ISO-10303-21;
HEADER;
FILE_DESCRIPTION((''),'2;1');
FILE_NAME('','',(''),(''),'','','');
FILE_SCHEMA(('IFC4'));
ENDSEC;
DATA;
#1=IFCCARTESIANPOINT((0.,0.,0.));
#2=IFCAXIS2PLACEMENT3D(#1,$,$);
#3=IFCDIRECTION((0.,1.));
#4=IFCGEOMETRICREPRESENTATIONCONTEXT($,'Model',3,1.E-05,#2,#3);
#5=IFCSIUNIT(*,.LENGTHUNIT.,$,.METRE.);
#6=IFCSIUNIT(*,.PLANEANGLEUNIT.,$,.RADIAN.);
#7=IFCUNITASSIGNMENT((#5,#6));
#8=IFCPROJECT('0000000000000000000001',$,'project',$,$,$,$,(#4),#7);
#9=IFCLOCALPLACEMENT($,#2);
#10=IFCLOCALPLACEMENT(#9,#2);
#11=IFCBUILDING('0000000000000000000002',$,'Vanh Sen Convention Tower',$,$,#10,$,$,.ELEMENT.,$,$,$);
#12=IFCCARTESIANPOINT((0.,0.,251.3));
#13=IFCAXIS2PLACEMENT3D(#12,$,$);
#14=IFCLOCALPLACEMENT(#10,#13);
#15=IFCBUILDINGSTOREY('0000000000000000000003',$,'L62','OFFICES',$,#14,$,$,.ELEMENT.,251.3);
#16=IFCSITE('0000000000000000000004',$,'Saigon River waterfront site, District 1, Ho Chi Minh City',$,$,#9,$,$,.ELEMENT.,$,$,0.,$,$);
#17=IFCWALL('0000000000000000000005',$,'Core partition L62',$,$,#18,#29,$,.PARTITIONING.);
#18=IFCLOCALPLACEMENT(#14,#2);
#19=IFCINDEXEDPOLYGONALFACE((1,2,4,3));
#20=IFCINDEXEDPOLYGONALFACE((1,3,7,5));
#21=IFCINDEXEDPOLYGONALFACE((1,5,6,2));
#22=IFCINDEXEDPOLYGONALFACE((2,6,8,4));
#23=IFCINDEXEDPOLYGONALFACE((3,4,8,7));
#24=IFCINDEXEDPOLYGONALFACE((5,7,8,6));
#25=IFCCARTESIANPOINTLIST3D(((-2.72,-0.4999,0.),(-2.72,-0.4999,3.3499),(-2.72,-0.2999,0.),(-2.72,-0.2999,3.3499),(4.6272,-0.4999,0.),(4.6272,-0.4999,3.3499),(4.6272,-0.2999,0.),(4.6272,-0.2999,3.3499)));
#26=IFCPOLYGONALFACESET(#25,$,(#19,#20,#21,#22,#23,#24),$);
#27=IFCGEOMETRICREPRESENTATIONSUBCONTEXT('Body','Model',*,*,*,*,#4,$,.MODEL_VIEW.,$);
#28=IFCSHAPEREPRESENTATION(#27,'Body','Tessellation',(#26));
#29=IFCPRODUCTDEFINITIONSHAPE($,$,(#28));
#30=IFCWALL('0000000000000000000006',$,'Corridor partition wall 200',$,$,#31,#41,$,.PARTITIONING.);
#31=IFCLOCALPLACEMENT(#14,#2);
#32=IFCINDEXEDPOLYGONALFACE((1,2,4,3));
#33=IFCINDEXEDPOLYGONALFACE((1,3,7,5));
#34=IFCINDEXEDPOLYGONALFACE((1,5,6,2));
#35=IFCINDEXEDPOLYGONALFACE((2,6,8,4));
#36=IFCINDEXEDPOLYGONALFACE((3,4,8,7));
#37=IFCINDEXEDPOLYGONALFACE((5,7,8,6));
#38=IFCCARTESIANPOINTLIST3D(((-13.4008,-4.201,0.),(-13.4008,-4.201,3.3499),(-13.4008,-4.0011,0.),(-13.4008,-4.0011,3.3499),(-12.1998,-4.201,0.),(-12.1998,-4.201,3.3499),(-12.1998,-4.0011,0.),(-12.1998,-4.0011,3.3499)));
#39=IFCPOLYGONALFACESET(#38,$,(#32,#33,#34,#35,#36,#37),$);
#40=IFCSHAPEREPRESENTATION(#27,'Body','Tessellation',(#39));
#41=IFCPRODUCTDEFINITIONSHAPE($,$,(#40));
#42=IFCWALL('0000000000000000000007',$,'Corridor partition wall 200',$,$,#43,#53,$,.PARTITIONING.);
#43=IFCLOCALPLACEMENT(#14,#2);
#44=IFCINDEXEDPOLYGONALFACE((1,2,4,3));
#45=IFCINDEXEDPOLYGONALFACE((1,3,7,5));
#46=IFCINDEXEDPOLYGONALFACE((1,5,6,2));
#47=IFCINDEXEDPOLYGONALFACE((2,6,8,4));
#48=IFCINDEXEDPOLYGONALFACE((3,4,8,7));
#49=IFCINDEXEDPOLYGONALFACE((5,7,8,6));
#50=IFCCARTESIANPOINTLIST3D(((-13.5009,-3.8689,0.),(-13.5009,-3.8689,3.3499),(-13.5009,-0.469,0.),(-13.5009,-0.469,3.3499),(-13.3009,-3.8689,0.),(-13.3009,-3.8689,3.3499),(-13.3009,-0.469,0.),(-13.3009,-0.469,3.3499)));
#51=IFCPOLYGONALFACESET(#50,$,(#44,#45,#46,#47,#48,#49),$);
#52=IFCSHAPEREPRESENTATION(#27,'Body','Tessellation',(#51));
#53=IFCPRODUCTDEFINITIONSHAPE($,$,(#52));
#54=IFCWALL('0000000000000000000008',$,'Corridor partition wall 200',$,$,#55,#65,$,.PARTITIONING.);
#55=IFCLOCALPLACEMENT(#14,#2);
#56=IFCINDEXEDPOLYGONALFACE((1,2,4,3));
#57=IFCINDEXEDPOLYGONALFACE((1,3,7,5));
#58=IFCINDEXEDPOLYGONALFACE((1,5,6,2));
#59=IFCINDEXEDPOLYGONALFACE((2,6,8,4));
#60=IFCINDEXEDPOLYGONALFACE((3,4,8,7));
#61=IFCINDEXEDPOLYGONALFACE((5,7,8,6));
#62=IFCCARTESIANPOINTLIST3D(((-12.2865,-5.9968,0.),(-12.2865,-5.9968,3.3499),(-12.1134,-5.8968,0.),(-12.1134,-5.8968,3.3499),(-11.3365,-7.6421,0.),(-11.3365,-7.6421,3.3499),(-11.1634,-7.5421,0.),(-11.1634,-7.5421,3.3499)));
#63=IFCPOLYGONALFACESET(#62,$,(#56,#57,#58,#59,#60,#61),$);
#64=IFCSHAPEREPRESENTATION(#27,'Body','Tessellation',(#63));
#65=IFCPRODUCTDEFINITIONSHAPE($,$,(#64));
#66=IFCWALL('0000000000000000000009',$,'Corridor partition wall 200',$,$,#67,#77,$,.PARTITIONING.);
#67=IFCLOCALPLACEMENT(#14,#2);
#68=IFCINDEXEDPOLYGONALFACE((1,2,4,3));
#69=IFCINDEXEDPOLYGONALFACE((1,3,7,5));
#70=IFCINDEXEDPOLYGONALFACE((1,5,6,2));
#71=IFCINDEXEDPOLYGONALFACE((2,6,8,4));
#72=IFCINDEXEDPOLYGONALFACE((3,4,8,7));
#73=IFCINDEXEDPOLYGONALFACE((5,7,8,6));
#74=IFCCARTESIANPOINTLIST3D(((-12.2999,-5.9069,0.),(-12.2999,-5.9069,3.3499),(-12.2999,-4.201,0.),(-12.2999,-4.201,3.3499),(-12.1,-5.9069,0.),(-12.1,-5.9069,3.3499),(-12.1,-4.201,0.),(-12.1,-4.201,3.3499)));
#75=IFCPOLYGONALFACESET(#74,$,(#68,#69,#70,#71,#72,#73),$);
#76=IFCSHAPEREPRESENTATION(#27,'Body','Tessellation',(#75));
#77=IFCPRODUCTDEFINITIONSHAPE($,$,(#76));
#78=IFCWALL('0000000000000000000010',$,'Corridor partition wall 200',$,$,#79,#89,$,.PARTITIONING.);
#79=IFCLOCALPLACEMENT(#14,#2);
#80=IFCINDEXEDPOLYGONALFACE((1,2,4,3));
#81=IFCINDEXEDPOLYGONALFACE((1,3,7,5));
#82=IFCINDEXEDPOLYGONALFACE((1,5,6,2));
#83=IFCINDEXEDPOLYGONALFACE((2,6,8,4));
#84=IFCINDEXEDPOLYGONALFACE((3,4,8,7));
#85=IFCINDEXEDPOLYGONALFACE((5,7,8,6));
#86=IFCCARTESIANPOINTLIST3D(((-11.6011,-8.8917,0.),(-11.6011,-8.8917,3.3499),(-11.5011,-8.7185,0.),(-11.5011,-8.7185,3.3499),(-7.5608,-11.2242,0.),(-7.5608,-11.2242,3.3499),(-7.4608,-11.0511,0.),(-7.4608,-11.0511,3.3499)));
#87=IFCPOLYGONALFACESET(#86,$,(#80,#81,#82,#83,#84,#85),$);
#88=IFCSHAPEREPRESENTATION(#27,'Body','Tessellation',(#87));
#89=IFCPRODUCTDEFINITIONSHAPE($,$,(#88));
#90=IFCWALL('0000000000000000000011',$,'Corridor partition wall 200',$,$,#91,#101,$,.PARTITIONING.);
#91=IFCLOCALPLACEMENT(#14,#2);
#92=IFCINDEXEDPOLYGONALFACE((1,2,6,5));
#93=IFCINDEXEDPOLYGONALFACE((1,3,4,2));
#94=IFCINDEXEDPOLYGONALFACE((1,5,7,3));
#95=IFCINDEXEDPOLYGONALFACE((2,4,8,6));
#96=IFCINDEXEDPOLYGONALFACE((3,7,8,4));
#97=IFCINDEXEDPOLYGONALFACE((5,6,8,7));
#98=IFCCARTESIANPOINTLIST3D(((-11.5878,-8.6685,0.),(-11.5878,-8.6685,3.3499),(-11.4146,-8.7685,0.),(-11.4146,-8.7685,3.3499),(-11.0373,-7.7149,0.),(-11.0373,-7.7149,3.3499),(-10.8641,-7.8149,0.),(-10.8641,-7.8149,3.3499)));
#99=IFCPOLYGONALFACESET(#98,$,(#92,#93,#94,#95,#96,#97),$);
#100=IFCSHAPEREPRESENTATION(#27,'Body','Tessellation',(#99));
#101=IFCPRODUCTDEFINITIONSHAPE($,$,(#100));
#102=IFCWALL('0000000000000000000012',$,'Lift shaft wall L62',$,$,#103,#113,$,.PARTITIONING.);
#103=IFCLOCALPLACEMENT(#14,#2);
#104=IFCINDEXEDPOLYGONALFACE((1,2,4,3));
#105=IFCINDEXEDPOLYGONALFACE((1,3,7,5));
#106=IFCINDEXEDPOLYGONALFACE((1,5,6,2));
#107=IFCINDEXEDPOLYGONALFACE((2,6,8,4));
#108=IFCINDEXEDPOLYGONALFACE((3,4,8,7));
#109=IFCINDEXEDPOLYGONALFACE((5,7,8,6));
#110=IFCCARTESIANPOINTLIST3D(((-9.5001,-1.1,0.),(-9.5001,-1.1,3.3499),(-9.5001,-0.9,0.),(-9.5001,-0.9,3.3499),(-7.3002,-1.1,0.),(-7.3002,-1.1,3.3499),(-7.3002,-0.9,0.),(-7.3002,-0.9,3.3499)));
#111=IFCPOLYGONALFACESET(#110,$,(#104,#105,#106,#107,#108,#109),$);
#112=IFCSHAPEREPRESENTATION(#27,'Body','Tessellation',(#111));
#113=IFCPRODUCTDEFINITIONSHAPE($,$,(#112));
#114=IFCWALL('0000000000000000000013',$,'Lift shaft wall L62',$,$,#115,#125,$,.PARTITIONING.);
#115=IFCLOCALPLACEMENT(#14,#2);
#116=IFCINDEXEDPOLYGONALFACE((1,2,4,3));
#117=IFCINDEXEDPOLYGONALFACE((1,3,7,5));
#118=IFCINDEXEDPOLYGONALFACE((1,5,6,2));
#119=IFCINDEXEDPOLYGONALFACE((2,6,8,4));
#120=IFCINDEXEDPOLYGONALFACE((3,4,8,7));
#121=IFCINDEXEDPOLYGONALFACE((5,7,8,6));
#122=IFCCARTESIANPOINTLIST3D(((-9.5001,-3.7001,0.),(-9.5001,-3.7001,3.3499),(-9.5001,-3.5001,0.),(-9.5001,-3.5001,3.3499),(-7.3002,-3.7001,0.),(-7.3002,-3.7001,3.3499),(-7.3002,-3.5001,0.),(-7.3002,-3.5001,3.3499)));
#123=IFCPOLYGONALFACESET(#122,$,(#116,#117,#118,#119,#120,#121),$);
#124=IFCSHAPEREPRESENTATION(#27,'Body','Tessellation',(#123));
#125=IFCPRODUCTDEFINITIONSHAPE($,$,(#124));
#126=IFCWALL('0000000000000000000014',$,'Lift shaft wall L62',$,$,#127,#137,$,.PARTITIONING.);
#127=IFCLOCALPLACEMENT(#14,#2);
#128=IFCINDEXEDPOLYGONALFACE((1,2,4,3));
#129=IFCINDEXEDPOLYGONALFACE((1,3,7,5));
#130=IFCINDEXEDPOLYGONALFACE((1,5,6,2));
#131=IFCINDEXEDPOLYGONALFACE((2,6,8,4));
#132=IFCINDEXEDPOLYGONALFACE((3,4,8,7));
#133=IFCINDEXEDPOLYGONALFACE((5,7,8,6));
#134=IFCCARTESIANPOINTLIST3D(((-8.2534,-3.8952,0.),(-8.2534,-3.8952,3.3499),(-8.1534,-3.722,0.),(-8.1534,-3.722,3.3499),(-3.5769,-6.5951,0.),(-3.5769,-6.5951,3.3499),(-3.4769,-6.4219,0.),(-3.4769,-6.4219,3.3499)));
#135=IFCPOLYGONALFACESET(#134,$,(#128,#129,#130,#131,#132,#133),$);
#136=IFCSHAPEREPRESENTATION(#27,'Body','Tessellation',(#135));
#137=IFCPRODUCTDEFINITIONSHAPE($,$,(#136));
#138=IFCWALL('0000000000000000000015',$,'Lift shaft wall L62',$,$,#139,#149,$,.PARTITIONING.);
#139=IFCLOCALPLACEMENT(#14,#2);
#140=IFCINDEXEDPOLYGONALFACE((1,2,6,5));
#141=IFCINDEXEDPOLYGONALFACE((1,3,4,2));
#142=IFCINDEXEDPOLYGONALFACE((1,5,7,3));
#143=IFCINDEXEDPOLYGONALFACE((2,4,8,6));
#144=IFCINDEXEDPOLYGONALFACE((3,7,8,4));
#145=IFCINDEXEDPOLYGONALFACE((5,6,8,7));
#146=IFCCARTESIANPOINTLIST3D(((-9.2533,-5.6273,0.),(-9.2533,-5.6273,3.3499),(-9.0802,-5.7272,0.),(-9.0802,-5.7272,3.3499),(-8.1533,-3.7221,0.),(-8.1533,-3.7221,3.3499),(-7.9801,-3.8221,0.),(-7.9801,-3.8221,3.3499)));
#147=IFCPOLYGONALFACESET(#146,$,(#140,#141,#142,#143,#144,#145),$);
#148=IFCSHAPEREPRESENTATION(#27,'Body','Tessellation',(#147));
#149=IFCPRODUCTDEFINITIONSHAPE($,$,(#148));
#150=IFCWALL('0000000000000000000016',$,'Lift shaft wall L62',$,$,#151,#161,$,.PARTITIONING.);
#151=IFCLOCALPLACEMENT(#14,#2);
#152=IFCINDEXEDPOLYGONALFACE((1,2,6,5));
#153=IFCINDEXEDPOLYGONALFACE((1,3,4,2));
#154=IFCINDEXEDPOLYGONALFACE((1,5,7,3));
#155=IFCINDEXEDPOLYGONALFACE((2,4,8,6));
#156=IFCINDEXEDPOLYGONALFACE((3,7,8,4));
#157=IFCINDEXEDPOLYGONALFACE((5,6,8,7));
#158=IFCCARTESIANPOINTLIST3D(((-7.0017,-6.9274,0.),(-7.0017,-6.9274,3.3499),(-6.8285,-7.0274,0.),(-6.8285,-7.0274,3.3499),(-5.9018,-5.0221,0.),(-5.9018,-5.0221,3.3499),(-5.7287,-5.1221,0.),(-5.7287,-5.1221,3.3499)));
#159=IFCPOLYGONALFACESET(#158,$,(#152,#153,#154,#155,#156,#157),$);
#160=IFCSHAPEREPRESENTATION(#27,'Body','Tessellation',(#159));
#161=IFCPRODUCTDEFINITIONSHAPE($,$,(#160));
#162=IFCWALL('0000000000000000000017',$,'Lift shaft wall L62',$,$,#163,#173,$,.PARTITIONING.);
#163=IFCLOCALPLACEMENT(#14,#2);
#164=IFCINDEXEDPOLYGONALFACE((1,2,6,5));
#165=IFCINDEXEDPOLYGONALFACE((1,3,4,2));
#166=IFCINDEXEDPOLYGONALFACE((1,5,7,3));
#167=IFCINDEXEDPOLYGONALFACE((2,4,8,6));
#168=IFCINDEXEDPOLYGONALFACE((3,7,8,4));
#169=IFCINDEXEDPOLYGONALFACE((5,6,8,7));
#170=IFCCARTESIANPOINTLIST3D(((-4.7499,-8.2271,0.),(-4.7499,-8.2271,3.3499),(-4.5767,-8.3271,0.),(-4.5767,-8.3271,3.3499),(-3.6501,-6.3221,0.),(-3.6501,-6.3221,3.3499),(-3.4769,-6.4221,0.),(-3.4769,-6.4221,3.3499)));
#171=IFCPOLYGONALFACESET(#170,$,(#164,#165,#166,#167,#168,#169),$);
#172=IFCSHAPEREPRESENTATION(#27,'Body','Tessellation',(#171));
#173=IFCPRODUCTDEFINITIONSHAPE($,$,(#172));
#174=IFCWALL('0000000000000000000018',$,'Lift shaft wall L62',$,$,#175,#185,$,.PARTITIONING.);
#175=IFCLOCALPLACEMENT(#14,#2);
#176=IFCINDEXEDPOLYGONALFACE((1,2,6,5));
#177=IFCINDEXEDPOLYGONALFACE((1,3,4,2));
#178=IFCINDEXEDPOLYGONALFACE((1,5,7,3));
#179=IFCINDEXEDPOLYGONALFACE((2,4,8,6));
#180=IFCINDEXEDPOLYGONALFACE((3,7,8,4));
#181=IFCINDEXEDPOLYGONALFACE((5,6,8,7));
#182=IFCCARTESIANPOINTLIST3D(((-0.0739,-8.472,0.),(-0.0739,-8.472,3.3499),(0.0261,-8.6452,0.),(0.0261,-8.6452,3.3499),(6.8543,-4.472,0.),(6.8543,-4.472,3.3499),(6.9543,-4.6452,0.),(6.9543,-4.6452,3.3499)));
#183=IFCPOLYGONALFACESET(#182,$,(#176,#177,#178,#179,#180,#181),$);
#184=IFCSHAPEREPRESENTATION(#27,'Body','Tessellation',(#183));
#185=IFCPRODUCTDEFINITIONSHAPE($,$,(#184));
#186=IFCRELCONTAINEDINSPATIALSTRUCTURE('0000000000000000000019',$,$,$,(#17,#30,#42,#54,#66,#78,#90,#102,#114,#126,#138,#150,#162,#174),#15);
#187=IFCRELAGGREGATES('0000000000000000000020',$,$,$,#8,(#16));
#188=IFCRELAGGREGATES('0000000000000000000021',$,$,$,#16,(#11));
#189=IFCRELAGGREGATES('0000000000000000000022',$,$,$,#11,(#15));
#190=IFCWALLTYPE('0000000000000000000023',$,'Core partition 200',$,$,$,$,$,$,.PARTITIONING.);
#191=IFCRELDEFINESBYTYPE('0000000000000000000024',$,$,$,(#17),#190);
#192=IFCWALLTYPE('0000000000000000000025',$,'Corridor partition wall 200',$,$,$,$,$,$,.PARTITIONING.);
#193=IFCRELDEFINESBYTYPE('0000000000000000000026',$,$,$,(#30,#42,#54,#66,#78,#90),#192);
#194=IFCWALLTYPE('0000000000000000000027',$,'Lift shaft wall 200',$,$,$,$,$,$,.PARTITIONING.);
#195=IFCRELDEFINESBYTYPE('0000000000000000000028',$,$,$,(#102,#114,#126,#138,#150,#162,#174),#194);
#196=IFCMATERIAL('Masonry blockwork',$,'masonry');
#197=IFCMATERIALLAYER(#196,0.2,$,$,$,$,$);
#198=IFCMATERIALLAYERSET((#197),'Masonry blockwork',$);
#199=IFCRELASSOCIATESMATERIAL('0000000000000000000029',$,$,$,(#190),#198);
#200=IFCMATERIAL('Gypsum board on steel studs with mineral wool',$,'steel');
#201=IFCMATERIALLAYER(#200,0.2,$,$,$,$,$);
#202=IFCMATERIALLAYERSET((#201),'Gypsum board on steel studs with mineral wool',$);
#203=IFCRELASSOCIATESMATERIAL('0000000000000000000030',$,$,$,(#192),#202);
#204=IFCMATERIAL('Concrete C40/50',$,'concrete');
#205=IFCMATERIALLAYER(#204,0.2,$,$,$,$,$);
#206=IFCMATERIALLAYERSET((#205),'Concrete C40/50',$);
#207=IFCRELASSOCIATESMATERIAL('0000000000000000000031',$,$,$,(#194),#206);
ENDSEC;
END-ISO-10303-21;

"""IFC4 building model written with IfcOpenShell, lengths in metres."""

from ifc_helpers import new_model, si_unit, direction, frame, frame_2d, origin, place, context, subcontext, project, spatial, rectangle, extrude, material, layer, layer_set, type_object, element, save


model = new_model("IFC4")

# Units and contexts
model_context = context("Model", 3, precision=1e-05, world=origin(), true_north=direction((0.0, 1.0)))
body_context = subcontext(model_context, "Body", "Model", "MODEL_VIEW")
ifc_project = project(units=[si_unit("LENGTHUNIT", "METRE"), si_unit("PLANEANGLEUNIT", "RADIAN")], contexts=[model_context])

# Site, building, storey
site_placement = place(None, origin())
site = spatial("IfcSite", under=ifc_project, at=site_placement, Name="Saigon River waterfront site, District 1, Ho Chi Minh City", CompositionType="ELEMENT", RefElevation=0.0)
building_placement = place(site_placement, origin())
building = spatial("IfcBuilding", under=site, at=building_placement, Name="Vanh Sen Convention Tower", CompositionType="ELEMENT")
storey_placement = place(building_placement, frame((0.0, 0.0, 251.3)))
storey = spatial("IfcBuildingStorey", under=building, at=storey_placement, Name="L62", Description="OFFICES", CompositionType="ELEMENT", Elevation=251.3)

# Shared definitions
ifc_material_1 = material(Name="Concrete C40/50", Category="concrete")

# Walls
ifc_material_2 = material(Name="Masonry blockwork", Category="masonry")
ifc_layer_1 = layer(ifc_material_2, 0.2)
ifc_layer_set_1 = layer_set([ifc_layer_1], Name="Masonry blockwork")
wall_type_1 = type_object("IfcWallType", Name="Core partition 200", PredefinedType="PARTITIONING", material=ifc_layer_set_1)
wall_1_placement = place(storey_placement, frame((-2.72, -0.3999, 0.0), z_axis=(0.0, 0.0, 1.0), x_axis=(1.0, 0.0, 0.0)))
element("IfcWall", 1, at=wall_1_placement, inside=storey, type_object=wall_type_1, Name="Core partition L62", PredefinedType="PARTITIONING", context=body_context, shape_type="SweptSolid", body=[
    extrude(rectangle(XDim=7.3472, YDim=0.2, at=frame_2d((3.6736, 0.0))), origin(), (0.0, 0.0, 1.0), 3.3499),
])
ifc_material_3 = material(Name="Gypsum board on steel studs with mineral wool", Category="steel")
ifc_layer_2 = layer(ifc_material_3, 0.2)
ifc_layer_set_2 = layer_set([ifc_layer_2], Name="Gypsum board on steel studs with mineral wool")
wall_type_2 = type_object("IfcWallType", Name="Corridor partition wall 200", PredefinedType="PARTITIONING", material=ifc_layer_set_2)
wall_2_placement = place(storey_placement, frame((-13.4009, -4.1011, 0.0), z_axis=(0.0, 0.0, 1.0), x_axis=(1.0, 0.0, 0.0)))
element("IfcWall", 2, at=wall_2_placement, inside=storey, type_object=wall_type_2, Name="Corridor partition wall 200", PredefinedType="PARTITIONING", context=body_context, shape_type="SweptSolid", body=[
    extrude(rectangle(XDim=1.2009, YDim=0.2, at=frame_2d((0.6006, 0.0))), origin(), (0.0, 0.0, 1.0), 3.3499),
])
wall_3_placement = place(storey_placement, frame((-13.4009, -0.469, 0.0), z_axis=(0.0, 0.0, 1.0), x_axis=(0.0, -1.0, 0.0)))
element("IfcWall", 3, at=wall_3_placement, inside=storey, type_object=wall_type_2, Name="Corridor partition wall 200", PredefinedType="PARTITIONING", context=body_context, shape_type="SweptSolid", body=[
    extrude(rectangle(XDim=3.3999, YDim=0.2, at=frame_2d((1.7, 0.0))), origin(), (0.0, 0.0, 1.0), 3.3499),
])
wall_4_placement = place(storey_placement, frame((-12.2, -5.9468, 0.0), z_axis=(0.0, 0.0, 1.0), x_axis=(0.500023, -0.866012, 0.0)))
element("IfcWall", 4, at=wall_4_placement, inside=storey, type_object=wall_type_2, Name="Corridor partition wall 200", PredefinedType="PARTITIONING", context=body_context, shape_type="SweptSolid", body=[
    extrude(rectangle(XDim=1.8999, YDim=0.2, at=frame_2d((0.95, 0.0))), origin(), (0.0, 0.0, 1.0), 3.3499),
])
wall_5_placement = place(storey_placement, frame((-12.2, -4.2009, 0.0), z_axis=(0.0, 0.0, 1.0), x_axis=(0.0, -1.0, 0.0)))
element("IfcWall", 5, at=wall_5_placement, inside=storey, type_object=wall_type_2, Name="Corridor partition wall 200", PredefinedType="PARTITIONING", context=body_context, shape_type="SweptSolid", body=[
    extrude(rectangle(XDim=1.7058, YDim=0.2, at=frame_2d((0.853, 0.0))), origin(), (0.0, 0.0, 1.0), 3.3499),
])
wall_6_placement = place(storey_placement, frame((-11.551, -8.8052, 0.0), z_axis=(0.0, 0.0, 1.0), x_axis=(0.866038, -0.499978, 0.0)))
element("IfcWall", 6, at=wall_6_placement, inside=storey, type_object=wall_type_2, Name="Corridor partition wall 200", PredefinedType="PARTITIONING", context=body_context, shape_type="SweptSolid", body=[
    extrude(rectangle(XDim=4.6653, YDim=0.2, at=frame_2d((2.3325, 0.0))), origin(), (0.0, 0.0, 1.0), 3.3499),
])
wall_7_placement = place(storey_placement, frame((-10.9507, -7.7649, 0.0), z_axis=(0.0, 0.0, 1.0), x_axis=(-0.499978, -0.866038, 0.0)))
element("IfcWall", 7, at=wall_7_placement, inside=storey, type_object=wall_type_2, Name="Corridor partition wall 200", PredefinedType="PARTITIONING", context=body_context, shape_type="SweptSolid", body=[
    extrude(rectangle(XDim=1.1011, YDim=0.2, at=frame_2d((0.5505, 0.0))), origin(), (0.0, 0.0, 1.0), 3.3499),
])
ifc_layer_3 = layer(ifc_material_1, 0.2)
ifc_layer_set_3 = layer_set([ifc_layer_3], Name="Concrete C40/50")
wall_type_3 = type_object("IfcWallType", Name="Lift shaft wall 200", PredefinedType="PARTITIONING", material=ifc_layer_set_3)
for number, where, z_axis, x_axis, name in (
    (8, (-7.3, -1.0, 0.0), (0.0, 0.0, 1.0), (-1.0, 0.0, 0.0), "Lift shaft wall L62"),
    (9, (-7.3, -3.6001, 0.0), (0.0, 0.0, 1.0), (-1.0, 0.0, 0.0), "Lift shaft wall L62"),
):
    element("IfcWall", number, at=place(storey_placement, frame(where, z_axis=z_axis, x_axis=x_axis)), inside=storey, type_object=wall_type_3, Name=name, PredefinedType="PARTITIONING", context=body_context, shape_type="SweptSolid", body=[
        extrude(rectangle(XDim=2.2, YDim=0.2, at=frame_2d((1.1001, 0.0))), origin(), (0.0, 0.0, 1.0), 3.3499),
    ])
wall_8_placement = place(storey_placement, frame((-8.2034, -3.8086, 0.0), z_axis=(0.0, 0.0, 1.0), x_axis=(0.866028, -0.499995, 0.0)))
element("IfcWall", 10, at=wall_8_placement, inside=storey, type_object=wall_type_3, Name="Lift shaft wall L62", PredefinedType="PARTITIONING", context=body_context, shape_type="SweptSolid", body=[
    extrude(rectangle(XDim=5.3999, YDim=0.2, at=frame_2d((2.7, 0.0))), origin(), (0.0, 0.0, 1.0), 3.3499),
])
for number, where, z_axis, x_axis, name in (
    (11, (-8.0667, -3.772, 0.0), (0.0, 0.0, 1.0), (-0.50003, -0.866008, 0.0), "Lift shaft wall L62"),
    (12, (-5.8152, -5.072, 0.0), (0.0, 0.0, 1.0), (-0.499947, -0.866056, 0.0), "Lift shaft wall L62"),
):
    element("IfcWall", number, at=place(storey_placement, frame(where, z_axis=z_axis, x_axis=x_axis)), inside=storey, type_object=wall_type_3, Name=name, PredefinedType="PARTITIONING", context=body_context, shape_type="SweptSolid", body=[
        extrude(rectangle(XDim=2.2, YDim=0.2, at=frame_2d((1.1001, 0.0))), origin(), (0.0, 0.0, 1.0), 3.3499),
    ])
wall_9_placement = place(storey_placement, frame((-3.5635, -6.3721, 0.0), z_axis=(0.0, 0.0, 1.0), x_axis=(-0.499995, -0.866028, 0.0)))
element("IfcWall", 13, at=wall_9_placement, inside=storey, type_object=wall_type_3, Name="Lift shaft wall L62", PredefinedType="PARTITIONING", context=body_context, shape_type="SweptSolid", body=[
    extrude(rectangle(XDim=2.1997, YDim=0.2, at=frame_2d((1.0999, 0.0))), origin(), (0.0, 0.0, 1.0), 3.3499),
])
wall_10_placement = place(storey_placement, frame((-0.0239, -8.5586, 0.0), z_axis=(0.0, 0.0, 1.0), x_axis=(0.866026, 0.499999, 0.0)))
element("IfcWall", 14, at=wall_10_placement, inside=storey, type_object=wall_type_3, Name="Lift shaft wall L62", PredefinedType="PARTITIONING", context=body_context, shape_type="SweptSolid", body=[
    extrude(rectangle(XDim=8.0, YDim=0.2, at=frame_2d((4.0, 0.0))), origin(), (0.0, 0.0, 1.0), 3.3499),
])

save(model, "model.ifc")
